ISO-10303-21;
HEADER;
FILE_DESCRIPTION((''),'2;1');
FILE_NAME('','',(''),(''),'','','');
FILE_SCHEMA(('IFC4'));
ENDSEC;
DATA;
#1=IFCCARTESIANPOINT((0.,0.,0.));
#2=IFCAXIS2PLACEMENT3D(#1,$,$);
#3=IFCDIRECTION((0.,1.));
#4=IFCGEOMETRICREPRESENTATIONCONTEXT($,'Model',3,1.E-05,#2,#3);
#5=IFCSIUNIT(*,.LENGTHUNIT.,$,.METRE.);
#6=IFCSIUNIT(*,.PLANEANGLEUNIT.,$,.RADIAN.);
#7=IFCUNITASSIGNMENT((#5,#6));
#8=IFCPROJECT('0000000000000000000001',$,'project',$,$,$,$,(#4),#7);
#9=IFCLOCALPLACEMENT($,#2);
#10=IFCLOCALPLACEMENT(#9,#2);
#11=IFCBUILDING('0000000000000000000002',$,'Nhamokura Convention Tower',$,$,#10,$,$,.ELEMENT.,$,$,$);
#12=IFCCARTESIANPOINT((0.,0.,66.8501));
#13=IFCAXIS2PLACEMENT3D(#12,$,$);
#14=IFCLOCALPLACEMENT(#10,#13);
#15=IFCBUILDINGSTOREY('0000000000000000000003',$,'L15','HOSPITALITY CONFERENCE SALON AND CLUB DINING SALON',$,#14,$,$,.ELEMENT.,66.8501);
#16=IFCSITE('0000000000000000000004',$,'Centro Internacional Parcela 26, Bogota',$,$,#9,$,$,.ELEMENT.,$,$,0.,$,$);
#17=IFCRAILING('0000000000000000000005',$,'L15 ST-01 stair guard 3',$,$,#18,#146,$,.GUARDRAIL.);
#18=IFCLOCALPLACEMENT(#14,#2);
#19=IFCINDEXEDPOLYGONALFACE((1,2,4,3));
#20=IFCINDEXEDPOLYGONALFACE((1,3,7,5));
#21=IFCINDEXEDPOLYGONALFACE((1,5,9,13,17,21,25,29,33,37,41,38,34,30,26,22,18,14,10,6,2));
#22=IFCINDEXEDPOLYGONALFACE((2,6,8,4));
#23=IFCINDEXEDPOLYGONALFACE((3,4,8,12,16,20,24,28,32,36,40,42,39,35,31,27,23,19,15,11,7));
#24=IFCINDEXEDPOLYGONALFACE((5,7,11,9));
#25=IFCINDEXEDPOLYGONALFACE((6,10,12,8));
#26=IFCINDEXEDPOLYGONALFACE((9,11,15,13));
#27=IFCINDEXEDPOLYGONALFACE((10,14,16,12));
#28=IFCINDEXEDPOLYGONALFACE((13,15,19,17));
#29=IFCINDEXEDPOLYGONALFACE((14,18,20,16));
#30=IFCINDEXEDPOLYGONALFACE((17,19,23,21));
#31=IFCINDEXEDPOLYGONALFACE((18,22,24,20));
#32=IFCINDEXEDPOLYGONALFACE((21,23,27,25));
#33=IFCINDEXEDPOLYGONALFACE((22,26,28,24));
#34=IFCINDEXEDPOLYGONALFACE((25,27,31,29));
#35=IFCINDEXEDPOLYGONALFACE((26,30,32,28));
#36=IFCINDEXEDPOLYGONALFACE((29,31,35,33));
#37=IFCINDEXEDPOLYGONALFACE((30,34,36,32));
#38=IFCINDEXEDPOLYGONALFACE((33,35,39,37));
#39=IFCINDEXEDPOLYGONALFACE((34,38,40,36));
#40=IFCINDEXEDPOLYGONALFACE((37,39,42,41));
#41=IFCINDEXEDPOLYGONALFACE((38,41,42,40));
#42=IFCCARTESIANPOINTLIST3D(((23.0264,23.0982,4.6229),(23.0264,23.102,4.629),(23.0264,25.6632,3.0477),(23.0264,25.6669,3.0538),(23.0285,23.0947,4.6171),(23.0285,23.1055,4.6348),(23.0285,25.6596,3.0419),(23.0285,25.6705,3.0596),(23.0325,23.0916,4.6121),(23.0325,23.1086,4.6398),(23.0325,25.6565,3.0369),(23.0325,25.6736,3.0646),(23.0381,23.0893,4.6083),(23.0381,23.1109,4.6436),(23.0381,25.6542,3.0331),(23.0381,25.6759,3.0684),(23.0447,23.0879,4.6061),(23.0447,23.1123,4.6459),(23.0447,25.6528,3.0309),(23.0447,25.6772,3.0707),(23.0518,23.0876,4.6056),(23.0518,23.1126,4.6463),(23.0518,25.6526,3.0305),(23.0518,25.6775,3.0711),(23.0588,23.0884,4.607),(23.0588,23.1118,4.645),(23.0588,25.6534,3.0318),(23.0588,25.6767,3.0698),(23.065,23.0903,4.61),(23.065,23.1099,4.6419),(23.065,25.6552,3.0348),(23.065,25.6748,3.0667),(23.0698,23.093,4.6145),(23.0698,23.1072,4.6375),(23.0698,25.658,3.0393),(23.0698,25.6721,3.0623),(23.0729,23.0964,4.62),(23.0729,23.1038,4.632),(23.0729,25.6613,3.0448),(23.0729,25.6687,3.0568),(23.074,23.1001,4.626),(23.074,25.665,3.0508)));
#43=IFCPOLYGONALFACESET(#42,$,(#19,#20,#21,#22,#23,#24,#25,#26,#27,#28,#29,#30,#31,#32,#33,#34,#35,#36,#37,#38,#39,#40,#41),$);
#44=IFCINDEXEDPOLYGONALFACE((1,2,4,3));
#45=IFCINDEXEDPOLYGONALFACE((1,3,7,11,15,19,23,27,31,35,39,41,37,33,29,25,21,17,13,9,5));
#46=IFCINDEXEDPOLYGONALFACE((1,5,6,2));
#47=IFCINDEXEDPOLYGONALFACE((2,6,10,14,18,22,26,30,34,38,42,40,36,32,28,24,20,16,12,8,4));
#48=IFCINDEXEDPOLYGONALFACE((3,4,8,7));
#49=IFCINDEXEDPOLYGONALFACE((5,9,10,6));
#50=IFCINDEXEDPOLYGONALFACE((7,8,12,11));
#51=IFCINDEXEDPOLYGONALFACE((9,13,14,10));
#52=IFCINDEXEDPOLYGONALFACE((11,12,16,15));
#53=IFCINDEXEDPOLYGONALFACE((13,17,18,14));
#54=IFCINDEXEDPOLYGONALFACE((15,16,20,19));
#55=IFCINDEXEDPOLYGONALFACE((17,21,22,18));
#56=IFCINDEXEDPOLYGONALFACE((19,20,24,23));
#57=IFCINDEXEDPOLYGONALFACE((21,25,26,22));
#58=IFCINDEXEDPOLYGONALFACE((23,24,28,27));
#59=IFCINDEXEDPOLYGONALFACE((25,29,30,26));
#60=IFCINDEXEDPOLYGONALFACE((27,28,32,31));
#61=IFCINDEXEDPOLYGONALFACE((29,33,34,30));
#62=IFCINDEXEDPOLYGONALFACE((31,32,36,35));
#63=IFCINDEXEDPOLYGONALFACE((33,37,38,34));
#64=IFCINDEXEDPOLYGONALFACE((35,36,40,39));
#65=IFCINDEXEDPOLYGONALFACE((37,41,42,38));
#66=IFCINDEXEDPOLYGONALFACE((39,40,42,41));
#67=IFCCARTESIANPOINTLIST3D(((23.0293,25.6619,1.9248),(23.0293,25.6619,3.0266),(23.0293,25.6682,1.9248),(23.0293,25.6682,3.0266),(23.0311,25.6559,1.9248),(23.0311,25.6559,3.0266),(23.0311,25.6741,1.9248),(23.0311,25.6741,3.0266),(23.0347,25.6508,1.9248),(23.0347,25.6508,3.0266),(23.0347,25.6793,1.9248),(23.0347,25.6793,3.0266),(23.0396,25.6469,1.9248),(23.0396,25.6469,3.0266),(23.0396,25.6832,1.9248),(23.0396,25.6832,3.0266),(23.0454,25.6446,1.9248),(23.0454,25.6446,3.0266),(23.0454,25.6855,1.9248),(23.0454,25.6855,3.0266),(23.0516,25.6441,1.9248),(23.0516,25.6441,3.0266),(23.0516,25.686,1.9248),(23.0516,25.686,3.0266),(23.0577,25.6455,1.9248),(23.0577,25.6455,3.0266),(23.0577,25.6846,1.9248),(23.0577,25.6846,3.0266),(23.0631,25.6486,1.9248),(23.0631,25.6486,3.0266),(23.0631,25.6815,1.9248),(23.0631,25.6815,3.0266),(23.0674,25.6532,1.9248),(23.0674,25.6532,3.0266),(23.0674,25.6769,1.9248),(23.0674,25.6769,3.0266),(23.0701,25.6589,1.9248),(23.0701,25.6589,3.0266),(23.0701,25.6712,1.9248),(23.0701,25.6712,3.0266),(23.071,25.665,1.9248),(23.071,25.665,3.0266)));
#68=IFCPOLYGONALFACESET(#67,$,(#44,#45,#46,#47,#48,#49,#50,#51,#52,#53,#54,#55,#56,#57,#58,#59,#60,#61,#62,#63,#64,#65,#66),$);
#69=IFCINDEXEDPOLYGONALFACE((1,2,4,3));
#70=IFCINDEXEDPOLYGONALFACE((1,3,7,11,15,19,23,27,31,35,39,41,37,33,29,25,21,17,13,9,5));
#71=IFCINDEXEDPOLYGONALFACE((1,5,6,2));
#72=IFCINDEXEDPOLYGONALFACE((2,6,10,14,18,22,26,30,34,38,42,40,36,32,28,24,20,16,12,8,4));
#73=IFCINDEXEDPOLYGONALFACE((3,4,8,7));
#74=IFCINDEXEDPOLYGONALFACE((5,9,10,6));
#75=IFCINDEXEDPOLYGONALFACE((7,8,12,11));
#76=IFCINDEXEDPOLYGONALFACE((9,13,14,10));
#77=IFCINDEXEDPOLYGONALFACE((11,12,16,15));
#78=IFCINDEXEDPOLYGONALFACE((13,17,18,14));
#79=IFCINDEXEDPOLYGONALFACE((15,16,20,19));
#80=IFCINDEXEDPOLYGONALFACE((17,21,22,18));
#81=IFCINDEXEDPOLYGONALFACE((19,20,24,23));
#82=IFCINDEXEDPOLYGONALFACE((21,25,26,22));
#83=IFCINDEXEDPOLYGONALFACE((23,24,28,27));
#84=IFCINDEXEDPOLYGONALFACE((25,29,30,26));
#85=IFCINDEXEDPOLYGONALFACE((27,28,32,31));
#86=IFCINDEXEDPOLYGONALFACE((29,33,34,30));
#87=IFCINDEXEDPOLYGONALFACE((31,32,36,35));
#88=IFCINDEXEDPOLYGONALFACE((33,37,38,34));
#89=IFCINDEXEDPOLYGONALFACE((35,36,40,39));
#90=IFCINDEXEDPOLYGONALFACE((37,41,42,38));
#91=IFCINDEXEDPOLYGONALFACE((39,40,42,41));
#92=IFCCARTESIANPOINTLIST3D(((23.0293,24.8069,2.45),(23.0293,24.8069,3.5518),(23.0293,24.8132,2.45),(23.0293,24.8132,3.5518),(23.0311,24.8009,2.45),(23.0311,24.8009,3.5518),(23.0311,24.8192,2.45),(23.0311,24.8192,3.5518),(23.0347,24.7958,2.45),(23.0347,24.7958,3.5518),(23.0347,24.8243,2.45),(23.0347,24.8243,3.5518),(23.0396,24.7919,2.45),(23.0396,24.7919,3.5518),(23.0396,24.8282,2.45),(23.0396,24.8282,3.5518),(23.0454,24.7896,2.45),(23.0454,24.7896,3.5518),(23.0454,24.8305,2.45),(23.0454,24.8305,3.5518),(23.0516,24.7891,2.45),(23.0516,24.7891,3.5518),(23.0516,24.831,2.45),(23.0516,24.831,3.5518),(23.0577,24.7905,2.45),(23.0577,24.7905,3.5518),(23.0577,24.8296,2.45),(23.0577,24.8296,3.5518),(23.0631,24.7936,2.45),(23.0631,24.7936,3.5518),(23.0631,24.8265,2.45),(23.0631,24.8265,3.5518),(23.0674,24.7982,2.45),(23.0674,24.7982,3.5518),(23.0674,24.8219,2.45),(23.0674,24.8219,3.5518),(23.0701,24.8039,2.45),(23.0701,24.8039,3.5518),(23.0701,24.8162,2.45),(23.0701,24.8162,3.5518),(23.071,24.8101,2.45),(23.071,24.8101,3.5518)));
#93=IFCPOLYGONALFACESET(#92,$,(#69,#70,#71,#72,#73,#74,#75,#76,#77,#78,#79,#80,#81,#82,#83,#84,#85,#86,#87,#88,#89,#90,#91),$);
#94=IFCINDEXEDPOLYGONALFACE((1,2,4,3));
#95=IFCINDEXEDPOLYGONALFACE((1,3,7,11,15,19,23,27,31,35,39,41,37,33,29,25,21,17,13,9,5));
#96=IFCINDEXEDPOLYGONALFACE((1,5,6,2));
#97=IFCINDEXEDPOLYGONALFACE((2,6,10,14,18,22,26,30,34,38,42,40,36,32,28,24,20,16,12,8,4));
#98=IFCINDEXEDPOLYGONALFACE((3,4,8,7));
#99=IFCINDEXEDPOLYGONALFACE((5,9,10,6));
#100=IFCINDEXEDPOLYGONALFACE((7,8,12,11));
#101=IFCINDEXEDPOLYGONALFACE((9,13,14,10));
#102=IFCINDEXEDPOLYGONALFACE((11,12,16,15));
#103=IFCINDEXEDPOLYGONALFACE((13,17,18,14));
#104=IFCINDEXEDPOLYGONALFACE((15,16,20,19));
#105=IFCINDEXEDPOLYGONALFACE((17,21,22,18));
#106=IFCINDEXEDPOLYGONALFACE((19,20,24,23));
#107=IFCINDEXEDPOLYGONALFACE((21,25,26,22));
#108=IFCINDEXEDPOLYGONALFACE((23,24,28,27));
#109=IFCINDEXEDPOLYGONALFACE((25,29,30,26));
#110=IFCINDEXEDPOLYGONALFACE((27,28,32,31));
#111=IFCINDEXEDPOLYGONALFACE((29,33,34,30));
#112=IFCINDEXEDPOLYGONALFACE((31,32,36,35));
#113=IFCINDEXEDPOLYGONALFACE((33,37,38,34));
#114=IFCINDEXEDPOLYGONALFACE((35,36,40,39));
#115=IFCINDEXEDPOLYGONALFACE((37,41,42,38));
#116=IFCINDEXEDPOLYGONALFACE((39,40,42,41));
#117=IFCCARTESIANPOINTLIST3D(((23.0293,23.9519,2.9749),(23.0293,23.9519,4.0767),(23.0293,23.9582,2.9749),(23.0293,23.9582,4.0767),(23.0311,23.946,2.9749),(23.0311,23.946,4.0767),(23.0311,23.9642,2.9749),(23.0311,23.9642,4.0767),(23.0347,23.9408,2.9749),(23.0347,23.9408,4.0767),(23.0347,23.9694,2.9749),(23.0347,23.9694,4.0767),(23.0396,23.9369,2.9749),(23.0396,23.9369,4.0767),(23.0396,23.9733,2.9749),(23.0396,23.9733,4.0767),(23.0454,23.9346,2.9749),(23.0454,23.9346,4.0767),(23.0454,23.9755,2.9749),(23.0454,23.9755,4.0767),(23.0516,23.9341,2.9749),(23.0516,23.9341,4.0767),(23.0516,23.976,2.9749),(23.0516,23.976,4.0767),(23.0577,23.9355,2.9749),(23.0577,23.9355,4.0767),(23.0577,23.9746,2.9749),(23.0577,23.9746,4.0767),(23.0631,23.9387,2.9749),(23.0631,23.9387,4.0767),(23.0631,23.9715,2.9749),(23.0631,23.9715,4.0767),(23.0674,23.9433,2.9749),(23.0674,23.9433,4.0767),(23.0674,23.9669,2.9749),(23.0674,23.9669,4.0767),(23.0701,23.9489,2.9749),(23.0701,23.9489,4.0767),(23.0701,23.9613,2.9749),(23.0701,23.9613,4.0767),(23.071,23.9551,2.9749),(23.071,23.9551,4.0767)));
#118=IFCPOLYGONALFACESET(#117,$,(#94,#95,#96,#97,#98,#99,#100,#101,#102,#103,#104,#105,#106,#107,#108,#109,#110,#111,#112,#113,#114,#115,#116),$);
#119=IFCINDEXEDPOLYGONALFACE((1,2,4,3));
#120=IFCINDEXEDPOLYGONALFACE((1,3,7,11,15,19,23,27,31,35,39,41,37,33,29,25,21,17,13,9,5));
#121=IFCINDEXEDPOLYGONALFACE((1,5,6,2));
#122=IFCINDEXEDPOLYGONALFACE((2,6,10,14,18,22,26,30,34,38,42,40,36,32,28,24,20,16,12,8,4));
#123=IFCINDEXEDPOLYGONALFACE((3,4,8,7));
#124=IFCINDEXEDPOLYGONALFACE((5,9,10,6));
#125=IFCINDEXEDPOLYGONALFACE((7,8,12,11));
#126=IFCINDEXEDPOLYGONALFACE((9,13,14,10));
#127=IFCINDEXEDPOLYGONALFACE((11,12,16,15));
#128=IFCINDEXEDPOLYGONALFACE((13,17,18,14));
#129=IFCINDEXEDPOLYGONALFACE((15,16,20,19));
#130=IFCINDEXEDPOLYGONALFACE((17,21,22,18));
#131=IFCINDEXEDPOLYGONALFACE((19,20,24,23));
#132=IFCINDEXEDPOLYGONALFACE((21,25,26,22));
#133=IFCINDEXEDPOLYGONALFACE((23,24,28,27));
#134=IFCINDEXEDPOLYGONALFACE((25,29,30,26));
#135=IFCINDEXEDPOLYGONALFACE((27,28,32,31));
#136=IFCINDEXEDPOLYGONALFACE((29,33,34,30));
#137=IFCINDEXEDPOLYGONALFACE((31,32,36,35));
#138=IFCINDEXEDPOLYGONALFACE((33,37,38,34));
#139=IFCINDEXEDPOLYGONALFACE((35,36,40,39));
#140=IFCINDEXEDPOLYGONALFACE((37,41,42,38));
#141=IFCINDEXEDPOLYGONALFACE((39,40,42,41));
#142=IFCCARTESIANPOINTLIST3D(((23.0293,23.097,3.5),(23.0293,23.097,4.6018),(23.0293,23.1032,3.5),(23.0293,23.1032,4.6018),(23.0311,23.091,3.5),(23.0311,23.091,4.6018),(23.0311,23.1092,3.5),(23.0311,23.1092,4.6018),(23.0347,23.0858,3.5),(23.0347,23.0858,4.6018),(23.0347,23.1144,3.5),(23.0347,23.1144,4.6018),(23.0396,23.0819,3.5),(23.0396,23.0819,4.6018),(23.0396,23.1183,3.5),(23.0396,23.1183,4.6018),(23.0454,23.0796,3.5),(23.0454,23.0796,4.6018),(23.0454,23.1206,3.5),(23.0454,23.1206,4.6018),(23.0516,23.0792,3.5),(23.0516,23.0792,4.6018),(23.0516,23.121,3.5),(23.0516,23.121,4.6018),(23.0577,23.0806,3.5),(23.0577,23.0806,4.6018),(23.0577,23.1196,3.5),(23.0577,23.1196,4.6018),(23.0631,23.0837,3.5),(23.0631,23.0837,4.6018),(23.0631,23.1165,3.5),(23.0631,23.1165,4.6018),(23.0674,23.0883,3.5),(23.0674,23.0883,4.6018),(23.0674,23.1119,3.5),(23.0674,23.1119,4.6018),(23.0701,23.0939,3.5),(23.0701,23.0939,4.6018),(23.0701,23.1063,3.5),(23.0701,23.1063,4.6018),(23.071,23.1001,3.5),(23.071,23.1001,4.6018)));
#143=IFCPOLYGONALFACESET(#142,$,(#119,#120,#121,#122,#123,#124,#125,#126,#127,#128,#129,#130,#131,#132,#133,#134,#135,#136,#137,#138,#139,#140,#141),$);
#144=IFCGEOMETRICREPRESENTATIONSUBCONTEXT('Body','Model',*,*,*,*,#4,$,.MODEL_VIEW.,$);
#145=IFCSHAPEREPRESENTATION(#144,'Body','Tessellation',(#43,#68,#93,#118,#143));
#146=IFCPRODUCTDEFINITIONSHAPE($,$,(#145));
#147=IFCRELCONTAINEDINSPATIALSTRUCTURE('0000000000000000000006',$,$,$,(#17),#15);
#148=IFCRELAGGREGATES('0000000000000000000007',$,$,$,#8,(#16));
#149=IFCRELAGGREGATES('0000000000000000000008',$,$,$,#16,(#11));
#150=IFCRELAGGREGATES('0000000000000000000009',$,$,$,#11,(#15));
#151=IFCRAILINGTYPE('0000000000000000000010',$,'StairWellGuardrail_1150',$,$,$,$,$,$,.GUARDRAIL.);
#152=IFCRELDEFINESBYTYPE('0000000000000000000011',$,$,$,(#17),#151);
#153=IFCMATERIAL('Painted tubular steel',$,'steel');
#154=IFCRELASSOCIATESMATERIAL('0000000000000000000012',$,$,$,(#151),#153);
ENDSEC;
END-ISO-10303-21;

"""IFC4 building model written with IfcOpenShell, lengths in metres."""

from ifc_helpers import new_model, si_unit, direction, frame, origin, origin_2d, place, context, subcontext, project, spatial, circle, extrude, material, type_object, element, save


model = new_model("IFC4")

# Units and contexts
model_context = context("Model", 3, precision=1e-05, world=origin(), true_north=direction((0.0, 1.0)))
body_context = subcontext(model_context, "Body", "Model", "MODEL_VIEW")
ifc_project = project(units=[si_unit("LENGTHUNIT", "METRE"), si_unit("PLANEANGLEUNIT", "RADIAN")], contexts=[model_context])

# Site, building, storey
site_placement = place(None, origin())
site = spatial("IfcSite", under=ifc_project, at=site_placement, Name="Centro Internacional Parcela 26, Bogota", CompositionType="ELEMENT", RefElevation=0.0)
building_placement = place(site_placement, origin())
building = spatial("IfcBuilding", under=site, at=building_placement, Name="Nhamokura Convention Tower", CompositionType="ELEMENT")
storey_placement = place(building_placement, frame((0.0, 0.0, 66.8501)))
storey = spatial("IfcBuildingStorey", under=building, at=storey_placement, Name="L15", Description="HOSPITALITY CONFERENCE SALON AND CLUB DINING SALON", CompositionType="ELEMENT", Elevation=66.8501)

# Railing
ifc_material_1 = material(Name="Painted tubular steel", Category="steel")
railing_type_1 = type_object("IfcRailingType", Name="StairWellGuardrail_1150", PredefinedType="GUARDRAIL", material=ifc_material_1)
railing_1_placement = place(storey_placement, frame((23.05, 25.665, 1.9248)))
element("IfcRailing", 1, at=railing_1_placement, inside=storey, type_object=railing_type_1, Name="L15 ST-01 stair guard 3", PredefinedType="GUARDRAIL", context=body_context, shape_type="SweptSolid", body=[
    extrude(circle(Radius=0.0239, at=origin_2d()), frame((0.0, 0.0, 1.126), z_axis=(0.0, -0.852137, 0.523319), x_axis=(1.0, 0.0, 0.0)), (0.0, 0.0, 1.0), 3.01),
    extrude(circle(Radius=0.021, at=origin_2d()), origin(), (0.0, 0.0, 1.0), 1.1018),
    extrude(circle(Radius=0.021, at=origin_2d()), frame((0.0, -0.855, 0.5251)), (0.0, 0.0, 1.0), 1.1018),
    extrude(circle(Radius=0.021, at=origin_2d()), frame((0.0, -1.71, 1.05)), (0.0, 0.0, 1.0), 1.1018),
    extrude(circle(Radius=0.021, at=origin_2d()), frame((0.0, -2.5649, 1.5752)), (0.0, 0.0, 1.0), 1.1018),
])

save(model, "model.ifc")
